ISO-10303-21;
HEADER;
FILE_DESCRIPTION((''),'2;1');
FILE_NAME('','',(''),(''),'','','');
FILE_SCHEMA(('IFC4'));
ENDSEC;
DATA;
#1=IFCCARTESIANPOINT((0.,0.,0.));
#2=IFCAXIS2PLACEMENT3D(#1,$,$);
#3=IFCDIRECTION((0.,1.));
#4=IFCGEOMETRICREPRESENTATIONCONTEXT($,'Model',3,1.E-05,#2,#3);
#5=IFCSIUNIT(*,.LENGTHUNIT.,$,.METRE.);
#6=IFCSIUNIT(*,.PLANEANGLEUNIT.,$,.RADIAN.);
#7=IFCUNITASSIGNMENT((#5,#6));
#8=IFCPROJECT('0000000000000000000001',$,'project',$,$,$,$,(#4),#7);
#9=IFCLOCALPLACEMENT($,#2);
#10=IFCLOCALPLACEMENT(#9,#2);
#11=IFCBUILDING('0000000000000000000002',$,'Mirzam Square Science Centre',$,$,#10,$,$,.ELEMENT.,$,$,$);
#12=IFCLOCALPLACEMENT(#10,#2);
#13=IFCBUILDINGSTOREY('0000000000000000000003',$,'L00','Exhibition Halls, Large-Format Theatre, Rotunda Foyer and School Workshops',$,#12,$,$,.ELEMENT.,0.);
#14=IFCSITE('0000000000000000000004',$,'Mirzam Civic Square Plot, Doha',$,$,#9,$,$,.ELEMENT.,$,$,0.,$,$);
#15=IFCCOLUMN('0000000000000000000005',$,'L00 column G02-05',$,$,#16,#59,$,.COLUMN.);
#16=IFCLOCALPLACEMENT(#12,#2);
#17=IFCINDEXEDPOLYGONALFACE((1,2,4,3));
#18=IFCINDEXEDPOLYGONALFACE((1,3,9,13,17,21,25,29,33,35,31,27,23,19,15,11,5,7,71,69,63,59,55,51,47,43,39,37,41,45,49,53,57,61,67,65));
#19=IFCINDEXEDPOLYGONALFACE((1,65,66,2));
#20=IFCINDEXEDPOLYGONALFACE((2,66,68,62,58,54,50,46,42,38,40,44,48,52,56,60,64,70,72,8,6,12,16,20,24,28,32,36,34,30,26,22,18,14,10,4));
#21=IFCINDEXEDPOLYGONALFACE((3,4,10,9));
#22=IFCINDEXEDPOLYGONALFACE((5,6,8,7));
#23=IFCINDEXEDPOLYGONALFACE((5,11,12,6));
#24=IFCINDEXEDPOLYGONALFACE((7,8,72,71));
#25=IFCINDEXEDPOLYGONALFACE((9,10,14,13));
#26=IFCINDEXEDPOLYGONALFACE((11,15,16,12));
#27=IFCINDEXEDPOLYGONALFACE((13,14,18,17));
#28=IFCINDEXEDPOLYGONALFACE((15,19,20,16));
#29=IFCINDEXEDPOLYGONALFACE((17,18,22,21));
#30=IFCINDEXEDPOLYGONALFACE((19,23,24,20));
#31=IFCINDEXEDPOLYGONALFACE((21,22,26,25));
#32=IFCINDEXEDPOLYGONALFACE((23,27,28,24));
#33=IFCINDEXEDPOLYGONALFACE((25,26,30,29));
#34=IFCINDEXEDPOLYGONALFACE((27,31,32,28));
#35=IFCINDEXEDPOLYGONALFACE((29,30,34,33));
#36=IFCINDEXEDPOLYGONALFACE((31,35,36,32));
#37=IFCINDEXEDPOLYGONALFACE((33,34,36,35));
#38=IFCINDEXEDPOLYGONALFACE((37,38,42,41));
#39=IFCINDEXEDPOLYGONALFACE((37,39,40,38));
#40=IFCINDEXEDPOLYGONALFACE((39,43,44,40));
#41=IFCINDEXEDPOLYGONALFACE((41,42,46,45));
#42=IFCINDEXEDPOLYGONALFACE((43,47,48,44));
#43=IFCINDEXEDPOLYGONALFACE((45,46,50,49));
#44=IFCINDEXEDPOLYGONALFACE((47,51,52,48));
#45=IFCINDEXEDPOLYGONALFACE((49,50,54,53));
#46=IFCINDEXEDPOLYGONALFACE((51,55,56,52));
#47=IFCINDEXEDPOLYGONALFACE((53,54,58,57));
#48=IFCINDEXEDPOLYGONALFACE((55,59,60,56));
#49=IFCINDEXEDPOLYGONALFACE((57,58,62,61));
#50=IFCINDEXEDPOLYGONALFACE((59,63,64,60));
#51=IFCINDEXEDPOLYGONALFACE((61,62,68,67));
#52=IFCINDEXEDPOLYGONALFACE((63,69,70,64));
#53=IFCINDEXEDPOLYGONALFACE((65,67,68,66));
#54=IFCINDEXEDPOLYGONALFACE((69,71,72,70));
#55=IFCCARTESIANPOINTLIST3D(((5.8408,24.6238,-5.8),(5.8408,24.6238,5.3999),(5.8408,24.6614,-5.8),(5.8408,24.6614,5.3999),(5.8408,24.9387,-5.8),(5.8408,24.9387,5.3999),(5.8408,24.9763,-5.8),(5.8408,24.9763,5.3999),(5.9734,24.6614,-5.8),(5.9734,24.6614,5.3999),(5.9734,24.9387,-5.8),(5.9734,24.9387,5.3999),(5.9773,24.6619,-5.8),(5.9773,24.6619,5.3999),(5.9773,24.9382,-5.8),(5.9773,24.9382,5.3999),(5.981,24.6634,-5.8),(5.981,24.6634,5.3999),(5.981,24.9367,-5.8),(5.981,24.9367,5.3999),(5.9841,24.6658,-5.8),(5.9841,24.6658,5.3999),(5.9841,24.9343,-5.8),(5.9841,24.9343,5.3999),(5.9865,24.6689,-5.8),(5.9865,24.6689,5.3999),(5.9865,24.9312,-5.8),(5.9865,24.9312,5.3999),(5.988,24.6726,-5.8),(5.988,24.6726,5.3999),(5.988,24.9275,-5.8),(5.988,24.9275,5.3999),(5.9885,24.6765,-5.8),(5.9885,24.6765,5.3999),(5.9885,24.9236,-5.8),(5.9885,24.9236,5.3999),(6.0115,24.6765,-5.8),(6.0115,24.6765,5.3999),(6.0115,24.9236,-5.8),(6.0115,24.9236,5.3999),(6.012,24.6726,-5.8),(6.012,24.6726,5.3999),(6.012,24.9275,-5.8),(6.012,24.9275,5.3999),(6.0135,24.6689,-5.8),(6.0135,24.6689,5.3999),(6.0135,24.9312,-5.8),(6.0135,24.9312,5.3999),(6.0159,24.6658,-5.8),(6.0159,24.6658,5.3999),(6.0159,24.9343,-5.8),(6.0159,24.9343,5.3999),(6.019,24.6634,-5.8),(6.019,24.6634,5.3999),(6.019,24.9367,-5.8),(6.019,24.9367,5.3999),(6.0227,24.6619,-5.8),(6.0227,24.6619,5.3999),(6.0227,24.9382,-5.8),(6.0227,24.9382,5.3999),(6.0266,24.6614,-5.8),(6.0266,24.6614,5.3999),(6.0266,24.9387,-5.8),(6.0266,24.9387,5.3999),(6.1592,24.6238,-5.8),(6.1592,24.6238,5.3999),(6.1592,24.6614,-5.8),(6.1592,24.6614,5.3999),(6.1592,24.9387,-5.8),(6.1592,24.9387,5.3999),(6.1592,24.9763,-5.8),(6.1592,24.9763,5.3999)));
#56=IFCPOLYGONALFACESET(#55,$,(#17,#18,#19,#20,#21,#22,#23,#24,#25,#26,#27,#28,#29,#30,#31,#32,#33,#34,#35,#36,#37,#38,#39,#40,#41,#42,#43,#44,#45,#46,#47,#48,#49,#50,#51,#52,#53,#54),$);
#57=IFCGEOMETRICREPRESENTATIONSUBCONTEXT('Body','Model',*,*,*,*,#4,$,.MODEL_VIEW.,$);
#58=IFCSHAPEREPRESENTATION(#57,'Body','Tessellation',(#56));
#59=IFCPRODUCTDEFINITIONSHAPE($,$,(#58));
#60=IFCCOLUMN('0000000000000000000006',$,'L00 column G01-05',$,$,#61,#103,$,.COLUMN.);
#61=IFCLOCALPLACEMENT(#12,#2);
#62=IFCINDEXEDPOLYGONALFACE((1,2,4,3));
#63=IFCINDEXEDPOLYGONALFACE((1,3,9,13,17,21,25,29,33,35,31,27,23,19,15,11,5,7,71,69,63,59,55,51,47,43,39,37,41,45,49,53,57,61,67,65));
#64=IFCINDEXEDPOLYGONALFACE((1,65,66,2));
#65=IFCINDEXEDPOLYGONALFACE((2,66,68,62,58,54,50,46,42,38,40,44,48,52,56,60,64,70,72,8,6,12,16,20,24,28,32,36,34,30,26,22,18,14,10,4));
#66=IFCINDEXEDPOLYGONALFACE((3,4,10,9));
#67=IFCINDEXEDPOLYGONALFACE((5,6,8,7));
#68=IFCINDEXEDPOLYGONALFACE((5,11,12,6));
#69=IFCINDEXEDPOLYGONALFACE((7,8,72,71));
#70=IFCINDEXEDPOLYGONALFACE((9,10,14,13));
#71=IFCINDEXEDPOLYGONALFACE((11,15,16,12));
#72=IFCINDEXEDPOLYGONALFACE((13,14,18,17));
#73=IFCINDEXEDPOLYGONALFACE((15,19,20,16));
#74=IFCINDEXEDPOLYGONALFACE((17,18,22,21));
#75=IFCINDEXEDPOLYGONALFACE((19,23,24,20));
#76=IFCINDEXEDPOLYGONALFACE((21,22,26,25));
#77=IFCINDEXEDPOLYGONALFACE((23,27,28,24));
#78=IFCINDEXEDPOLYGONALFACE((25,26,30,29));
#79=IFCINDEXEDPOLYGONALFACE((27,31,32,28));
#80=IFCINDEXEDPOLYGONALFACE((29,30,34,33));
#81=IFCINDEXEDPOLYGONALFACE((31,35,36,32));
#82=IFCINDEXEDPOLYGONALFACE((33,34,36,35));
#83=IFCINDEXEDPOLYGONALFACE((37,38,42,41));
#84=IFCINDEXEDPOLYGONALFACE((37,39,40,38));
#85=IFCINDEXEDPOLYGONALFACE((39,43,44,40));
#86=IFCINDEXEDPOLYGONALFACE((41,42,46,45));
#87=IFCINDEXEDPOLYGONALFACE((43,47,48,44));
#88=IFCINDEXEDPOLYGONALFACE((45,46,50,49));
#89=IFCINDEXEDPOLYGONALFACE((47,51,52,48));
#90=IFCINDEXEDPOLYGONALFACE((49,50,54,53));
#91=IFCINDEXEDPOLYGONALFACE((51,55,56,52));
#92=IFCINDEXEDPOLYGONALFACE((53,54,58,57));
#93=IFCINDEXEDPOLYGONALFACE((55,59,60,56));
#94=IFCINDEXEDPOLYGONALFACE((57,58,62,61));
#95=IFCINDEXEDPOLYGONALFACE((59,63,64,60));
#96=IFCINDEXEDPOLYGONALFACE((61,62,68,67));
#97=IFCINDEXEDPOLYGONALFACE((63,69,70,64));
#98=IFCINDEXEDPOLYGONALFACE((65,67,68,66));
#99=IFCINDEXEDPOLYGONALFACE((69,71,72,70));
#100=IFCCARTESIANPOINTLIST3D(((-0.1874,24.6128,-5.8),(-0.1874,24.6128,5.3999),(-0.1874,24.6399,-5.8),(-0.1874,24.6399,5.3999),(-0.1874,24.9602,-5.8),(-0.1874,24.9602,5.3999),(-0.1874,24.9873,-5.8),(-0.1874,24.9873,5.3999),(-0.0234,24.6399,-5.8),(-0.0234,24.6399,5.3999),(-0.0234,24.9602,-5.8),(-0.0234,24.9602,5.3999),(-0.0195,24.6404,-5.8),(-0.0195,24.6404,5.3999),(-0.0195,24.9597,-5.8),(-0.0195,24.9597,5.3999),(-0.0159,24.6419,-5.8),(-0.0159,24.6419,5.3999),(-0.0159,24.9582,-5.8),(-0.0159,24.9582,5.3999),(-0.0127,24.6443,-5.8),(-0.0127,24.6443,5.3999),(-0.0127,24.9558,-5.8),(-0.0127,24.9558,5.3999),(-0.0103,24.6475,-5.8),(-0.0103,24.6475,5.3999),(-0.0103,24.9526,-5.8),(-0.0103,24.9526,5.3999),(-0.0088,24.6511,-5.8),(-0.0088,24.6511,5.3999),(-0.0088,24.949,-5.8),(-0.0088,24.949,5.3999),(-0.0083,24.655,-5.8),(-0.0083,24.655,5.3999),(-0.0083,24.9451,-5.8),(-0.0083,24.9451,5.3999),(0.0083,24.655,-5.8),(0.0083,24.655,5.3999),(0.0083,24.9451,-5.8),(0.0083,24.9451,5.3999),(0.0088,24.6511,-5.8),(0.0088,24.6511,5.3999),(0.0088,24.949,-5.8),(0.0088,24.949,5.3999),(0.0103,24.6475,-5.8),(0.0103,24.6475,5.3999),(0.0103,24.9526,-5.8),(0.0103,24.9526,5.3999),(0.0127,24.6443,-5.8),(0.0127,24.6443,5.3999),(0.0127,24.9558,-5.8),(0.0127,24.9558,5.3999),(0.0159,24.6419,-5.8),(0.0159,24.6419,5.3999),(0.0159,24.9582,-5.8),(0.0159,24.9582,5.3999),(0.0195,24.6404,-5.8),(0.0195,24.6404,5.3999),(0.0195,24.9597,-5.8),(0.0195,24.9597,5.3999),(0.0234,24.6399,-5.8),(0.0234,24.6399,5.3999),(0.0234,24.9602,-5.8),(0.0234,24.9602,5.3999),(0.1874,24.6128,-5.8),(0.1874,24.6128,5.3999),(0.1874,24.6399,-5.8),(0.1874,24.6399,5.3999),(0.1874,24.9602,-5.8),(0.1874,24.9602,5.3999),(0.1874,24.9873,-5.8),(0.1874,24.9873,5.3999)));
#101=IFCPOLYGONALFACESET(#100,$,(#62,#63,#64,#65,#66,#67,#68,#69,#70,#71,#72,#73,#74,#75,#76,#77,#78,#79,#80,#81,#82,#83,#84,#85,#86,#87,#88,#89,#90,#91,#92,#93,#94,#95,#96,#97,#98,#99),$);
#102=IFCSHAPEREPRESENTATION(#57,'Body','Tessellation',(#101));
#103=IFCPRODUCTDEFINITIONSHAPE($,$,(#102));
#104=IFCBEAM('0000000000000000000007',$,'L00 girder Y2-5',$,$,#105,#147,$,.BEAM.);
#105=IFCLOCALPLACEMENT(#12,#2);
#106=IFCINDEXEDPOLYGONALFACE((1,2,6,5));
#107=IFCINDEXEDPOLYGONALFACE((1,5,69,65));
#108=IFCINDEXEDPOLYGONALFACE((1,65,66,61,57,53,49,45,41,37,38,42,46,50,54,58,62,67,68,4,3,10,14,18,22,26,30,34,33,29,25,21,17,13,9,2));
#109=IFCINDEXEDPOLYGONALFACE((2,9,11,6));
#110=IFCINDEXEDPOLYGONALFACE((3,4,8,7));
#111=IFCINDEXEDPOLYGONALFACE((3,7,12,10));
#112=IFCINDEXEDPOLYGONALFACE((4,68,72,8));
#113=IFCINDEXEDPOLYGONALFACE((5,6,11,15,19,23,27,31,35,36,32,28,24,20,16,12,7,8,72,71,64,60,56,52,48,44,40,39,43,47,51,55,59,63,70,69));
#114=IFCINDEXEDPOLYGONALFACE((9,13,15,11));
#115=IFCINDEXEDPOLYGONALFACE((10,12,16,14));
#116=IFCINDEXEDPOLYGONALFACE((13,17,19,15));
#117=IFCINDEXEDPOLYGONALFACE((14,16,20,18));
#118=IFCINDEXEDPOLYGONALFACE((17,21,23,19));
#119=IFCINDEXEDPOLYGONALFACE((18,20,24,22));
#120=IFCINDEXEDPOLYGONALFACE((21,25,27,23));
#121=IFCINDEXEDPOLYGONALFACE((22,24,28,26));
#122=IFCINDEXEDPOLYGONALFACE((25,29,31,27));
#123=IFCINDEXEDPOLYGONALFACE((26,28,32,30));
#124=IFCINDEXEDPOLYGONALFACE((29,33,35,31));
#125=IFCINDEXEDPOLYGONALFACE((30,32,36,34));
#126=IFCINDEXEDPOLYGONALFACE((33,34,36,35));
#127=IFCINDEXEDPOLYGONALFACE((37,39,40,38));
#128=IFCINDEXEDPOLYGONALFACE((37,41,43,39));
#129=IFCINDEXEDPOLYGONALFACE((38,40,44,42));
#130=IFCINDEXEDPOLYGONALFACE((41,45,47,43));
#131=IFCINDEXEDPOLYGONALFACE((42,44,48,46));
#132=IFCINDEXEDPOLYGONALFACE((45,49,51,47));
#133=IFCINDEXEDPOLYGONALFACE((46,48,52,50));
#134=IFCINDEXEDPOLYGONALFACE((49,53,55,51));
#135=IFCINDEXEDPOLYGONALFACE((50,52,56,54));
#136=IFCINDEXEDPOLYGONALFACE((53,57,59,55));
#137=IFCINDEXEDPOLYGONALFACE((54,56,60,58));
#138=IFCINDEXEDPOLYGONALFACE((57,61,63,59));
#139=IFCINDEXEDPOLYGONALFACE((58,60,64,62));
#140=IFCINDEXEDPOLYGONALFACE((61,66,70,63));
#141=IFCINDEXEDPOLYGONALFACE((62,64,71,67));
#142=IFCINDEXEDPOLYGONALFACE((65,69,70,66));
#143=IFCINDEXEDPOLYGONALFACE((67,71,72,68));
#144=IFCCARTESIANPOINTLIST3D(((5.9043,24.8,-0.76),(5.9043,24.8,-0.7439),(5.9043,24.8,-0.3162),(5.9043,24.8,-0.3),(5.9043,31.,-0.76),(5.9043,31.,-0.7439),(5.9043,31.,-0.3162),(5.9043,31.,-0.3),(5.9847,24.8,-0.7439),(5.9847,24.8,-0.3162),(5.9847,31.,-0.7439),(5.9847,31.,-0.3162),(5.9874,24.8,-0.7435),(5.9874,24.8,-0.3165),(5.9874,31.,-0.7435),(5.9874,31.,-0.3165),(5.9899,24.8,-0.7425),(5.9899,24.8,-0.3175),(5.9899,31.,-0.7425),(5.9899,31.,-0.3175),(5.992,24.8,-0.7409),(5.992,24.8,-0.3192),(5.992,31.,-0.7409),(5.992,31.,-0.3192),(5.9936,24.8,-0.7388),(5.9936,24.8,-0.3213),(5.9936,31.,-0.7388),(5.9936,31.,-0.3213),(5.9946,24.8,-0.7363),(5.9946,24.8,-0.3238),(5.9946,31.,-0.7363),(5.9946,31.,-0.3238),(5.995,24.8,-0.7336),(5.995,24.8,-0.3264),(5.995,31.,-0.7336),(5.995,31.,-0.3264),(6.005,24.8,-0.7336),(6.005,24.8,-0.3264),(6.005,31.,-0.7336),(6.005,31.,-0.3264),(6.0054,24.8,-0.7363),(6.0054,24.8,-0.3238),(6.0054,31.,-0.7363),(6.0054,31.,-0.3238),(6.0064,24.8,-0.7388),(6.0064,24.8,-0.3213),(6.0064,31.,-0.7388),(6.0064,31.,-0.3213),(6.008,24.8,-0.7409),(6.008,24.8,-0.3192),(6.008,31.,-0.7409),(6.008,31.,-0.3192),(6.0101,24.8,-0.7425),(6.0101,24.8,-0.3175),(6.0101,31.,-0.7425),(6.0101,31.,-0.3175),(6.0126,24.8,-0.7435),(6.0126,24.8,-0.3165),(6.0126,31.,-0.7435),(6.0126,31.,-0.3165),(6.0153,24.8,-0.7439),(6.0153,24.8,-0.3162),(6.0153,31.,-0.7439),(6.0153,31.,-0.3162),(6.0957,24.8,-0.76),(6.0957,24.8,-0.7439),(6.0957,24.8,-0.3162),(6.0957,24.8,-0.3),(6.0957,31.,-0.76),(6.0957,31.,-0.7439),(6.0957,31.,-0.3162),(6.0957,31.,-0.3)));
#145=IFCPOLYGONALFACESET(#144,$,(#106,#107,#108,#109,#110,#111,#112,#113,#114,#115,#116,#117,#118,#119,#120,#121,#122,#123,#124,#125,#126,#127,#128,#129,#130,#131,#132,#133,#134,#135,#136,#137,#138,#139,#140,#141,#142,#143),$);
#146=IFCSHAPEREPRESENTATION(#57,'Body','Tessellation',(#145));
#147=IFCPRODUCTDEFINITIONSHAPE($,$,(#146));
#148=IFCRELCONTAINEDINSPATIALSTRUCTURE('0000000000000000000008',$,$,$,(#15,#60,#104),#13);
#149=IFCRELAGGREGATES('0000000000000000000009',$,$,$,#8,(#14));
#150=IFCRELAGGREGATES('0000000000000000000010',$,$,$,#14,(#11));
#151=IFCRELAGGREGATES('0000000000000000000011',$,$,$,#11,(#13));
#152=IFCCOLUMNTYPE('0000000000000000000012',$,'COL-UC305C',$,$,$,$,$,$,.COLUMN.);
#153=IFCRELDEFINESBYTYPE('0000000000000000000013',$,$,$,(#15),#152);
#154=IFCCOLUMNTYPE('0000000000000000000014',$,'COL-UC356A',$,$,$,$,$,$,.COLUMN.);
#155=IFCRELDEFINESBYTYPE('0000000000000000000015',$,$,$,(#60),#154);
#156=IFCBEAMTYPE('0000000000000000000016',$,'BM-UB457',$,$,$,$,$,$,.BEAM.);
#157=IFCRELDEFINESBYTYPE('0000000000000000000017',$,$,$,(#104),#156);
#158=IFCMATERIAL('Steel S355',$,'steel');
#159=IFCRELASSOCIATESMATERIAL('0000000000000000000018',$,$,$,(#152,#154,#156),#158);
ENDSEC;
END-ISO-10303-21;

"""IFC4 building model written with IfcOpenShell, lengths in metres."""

from ifc_helpers import new_model, si_unit, direction, frame, origin, origin_2d, place, context, subcontext, project, spatial, i_section, extrude, material, material_profile, profile_set, type_object, element, save


model = new_model("IFC4")

# Units and contexts
model_context = context("Model", 3, precision=1e-05, world=origin(), true_north=direction((0.0, 1.0)))
body_context = subcontext(model_context, "Body", "Model", "MODEL_VIEW")
ifc_project = project(units=[si_unit("LENGTHUNIT", "METRE"), si_unit("PLANEANGLEUNIT", "RADIAN")], contexts=[model_context])

# Site, building, storey
site_placement = place(None, origin())
site = spatial("IfcSite", under=ifc_project, at=site_placement, Name="Mirzam Civic Square Plot, Doha", CompositionType="ELEMENT", RefElevation=0.0)
building_placement = place(site_placement, origin())
building = spatial("IfcBuilding", under=site, at=building_placement, Name="Mirzam Square Science Centre", CompositionType="ELEMENT")
storey_placement = place(building_placement, origin())
storey = spatial("IfcBuildingStorey", under=building, at=storey_placement, Name="L00", Description="Exhibition Halls, Large-Format Theatre, Rotunda Foyer and School Workshops", CompositionType="ELEMENT", Elevation=0.0)

# Columns
ifc_material_1 = material(Name="Steel S355", Category="steel")
ifc_material_profile_1 = material_profile(ifc_material_1, i_section(OverallWidth=0.3184, OverallDepth=0.3525, WebThickness=0.0229, FlangeThickness=0.0376, FilletRadius=0.0151, at=origin_2d()), Name="305x305x240UC")
ifc_profile_set_1 = profile_set([ifc_material_profile_1], Name="Steel S355")
column_type_1 = type_object("IfcColumnType", Name="COL-UC305C", PredefinedType="COLUMN", material=ifc_profile_set_1)
for number, where, z_axis, x_axis, name in (
    (1, (6.0, 24.8, -5.8), (0.0, 0.0, 1.0), (1.0, 0.0, 0.0), "L00 column G02-05"),
):
    element("IfcColumn", number, at=place(storey_placement, frame(where, z_axis=z_axis, x_axis=x_axis)), inside=storey, type_object=column_type_1, Name=name, PredefinedType="COLUMN", context=body_context, shape_type="SweptSolid", body=[
        extrude(i_section(OverallWidth=0.3184, OverallDepth=0.3525, WebThickness=0.0229, FlangeThickness=0.0376, FilletRadius=0.0151, at=origin_2d()), origin(), (0.0, 0.0, 1.0), 11.2),
    ])
ifc_material_profile_2 = material_profile(ifc_material_1, i_section(OverallWidth=0.3748, OverallDepth=0.3745, WebThickness=0.0166, FlangeThickness=0.0271, FilletRadius=0.0151, at=origin_2d()), Name="356x368x202UC")
ifc_profile_set_2 = profile_set([ifc_material_profile_2], Name="Steel S355")
column_type_2 = type_object("IfcColumnType", Name="COL-UC356A", PredefinedType="COLUMN", material=ifc_profile_set_2)
column_1_placement = place(storey_placement, frame((0.0, 24.8, -5.8), z_axis=(0.0, 0.0, 1.0), x_axis=(1.0, 0.0, 0.0)))
element("IfcColumn", 2, at=column_1_placement, inside=storey, type_object=column_type_2, Name="L00 column G01-05", PredefinedType="COLUMN", context=body_context, shape_type="SweptSolid", body=[
    extrude(i_section(OverallWidth=0.3748, OverallDepth=0.3745, WebThickness=0.0166, FlangeThickness=0.0271, FilletRadius=0.0151, at=origin_2d()), origin(), (0.0, 0.0, 1.0), 11.2),
])

# Beam
ifc_material_profile_3 = material_profile(ifc_material_1, i_section(OverallWidth=0.1914, OverallDepth=0.46, WebThickness=0.01, FlangeThickness=0.0161, FilletRadius=0.0103, at=origin_2d()), Name="457x191x82UB")
ifc_profile_set_3 = profile_set([ifc_material_profile_3], Name="Steel S355")
beam_type_1 = type_object("IfcBeamType", Name="BM-UB457", PredefinedType="BEAM", material=ifc_profile_set_3)
beam_1_placement = place(storey_placement, frame((6.0, 24.8, -0.53), z_axis=(0.0, 1.0, 0.0), x_axis=(-1.0, 0.0, 0.0)))
element("IfcBeam", 3, at=beam_1_placement, inside=storey, type_object=beam_type_1, Name="L00 girder Y2-5", PredefinedType="BEAM", context=body_context, shape_type="SweptSolid", body=[
    extrude(i_section(OverallWidth=0.1914, OverallDepth=0.46, WebThickness=0.01, FlangeThickness=0.0161, FilletRadius=0.0103, at=origin_2d()), origin(), (0.0, 0.0, 1.0), 6.2),
])

save(model, "model.ifc")
